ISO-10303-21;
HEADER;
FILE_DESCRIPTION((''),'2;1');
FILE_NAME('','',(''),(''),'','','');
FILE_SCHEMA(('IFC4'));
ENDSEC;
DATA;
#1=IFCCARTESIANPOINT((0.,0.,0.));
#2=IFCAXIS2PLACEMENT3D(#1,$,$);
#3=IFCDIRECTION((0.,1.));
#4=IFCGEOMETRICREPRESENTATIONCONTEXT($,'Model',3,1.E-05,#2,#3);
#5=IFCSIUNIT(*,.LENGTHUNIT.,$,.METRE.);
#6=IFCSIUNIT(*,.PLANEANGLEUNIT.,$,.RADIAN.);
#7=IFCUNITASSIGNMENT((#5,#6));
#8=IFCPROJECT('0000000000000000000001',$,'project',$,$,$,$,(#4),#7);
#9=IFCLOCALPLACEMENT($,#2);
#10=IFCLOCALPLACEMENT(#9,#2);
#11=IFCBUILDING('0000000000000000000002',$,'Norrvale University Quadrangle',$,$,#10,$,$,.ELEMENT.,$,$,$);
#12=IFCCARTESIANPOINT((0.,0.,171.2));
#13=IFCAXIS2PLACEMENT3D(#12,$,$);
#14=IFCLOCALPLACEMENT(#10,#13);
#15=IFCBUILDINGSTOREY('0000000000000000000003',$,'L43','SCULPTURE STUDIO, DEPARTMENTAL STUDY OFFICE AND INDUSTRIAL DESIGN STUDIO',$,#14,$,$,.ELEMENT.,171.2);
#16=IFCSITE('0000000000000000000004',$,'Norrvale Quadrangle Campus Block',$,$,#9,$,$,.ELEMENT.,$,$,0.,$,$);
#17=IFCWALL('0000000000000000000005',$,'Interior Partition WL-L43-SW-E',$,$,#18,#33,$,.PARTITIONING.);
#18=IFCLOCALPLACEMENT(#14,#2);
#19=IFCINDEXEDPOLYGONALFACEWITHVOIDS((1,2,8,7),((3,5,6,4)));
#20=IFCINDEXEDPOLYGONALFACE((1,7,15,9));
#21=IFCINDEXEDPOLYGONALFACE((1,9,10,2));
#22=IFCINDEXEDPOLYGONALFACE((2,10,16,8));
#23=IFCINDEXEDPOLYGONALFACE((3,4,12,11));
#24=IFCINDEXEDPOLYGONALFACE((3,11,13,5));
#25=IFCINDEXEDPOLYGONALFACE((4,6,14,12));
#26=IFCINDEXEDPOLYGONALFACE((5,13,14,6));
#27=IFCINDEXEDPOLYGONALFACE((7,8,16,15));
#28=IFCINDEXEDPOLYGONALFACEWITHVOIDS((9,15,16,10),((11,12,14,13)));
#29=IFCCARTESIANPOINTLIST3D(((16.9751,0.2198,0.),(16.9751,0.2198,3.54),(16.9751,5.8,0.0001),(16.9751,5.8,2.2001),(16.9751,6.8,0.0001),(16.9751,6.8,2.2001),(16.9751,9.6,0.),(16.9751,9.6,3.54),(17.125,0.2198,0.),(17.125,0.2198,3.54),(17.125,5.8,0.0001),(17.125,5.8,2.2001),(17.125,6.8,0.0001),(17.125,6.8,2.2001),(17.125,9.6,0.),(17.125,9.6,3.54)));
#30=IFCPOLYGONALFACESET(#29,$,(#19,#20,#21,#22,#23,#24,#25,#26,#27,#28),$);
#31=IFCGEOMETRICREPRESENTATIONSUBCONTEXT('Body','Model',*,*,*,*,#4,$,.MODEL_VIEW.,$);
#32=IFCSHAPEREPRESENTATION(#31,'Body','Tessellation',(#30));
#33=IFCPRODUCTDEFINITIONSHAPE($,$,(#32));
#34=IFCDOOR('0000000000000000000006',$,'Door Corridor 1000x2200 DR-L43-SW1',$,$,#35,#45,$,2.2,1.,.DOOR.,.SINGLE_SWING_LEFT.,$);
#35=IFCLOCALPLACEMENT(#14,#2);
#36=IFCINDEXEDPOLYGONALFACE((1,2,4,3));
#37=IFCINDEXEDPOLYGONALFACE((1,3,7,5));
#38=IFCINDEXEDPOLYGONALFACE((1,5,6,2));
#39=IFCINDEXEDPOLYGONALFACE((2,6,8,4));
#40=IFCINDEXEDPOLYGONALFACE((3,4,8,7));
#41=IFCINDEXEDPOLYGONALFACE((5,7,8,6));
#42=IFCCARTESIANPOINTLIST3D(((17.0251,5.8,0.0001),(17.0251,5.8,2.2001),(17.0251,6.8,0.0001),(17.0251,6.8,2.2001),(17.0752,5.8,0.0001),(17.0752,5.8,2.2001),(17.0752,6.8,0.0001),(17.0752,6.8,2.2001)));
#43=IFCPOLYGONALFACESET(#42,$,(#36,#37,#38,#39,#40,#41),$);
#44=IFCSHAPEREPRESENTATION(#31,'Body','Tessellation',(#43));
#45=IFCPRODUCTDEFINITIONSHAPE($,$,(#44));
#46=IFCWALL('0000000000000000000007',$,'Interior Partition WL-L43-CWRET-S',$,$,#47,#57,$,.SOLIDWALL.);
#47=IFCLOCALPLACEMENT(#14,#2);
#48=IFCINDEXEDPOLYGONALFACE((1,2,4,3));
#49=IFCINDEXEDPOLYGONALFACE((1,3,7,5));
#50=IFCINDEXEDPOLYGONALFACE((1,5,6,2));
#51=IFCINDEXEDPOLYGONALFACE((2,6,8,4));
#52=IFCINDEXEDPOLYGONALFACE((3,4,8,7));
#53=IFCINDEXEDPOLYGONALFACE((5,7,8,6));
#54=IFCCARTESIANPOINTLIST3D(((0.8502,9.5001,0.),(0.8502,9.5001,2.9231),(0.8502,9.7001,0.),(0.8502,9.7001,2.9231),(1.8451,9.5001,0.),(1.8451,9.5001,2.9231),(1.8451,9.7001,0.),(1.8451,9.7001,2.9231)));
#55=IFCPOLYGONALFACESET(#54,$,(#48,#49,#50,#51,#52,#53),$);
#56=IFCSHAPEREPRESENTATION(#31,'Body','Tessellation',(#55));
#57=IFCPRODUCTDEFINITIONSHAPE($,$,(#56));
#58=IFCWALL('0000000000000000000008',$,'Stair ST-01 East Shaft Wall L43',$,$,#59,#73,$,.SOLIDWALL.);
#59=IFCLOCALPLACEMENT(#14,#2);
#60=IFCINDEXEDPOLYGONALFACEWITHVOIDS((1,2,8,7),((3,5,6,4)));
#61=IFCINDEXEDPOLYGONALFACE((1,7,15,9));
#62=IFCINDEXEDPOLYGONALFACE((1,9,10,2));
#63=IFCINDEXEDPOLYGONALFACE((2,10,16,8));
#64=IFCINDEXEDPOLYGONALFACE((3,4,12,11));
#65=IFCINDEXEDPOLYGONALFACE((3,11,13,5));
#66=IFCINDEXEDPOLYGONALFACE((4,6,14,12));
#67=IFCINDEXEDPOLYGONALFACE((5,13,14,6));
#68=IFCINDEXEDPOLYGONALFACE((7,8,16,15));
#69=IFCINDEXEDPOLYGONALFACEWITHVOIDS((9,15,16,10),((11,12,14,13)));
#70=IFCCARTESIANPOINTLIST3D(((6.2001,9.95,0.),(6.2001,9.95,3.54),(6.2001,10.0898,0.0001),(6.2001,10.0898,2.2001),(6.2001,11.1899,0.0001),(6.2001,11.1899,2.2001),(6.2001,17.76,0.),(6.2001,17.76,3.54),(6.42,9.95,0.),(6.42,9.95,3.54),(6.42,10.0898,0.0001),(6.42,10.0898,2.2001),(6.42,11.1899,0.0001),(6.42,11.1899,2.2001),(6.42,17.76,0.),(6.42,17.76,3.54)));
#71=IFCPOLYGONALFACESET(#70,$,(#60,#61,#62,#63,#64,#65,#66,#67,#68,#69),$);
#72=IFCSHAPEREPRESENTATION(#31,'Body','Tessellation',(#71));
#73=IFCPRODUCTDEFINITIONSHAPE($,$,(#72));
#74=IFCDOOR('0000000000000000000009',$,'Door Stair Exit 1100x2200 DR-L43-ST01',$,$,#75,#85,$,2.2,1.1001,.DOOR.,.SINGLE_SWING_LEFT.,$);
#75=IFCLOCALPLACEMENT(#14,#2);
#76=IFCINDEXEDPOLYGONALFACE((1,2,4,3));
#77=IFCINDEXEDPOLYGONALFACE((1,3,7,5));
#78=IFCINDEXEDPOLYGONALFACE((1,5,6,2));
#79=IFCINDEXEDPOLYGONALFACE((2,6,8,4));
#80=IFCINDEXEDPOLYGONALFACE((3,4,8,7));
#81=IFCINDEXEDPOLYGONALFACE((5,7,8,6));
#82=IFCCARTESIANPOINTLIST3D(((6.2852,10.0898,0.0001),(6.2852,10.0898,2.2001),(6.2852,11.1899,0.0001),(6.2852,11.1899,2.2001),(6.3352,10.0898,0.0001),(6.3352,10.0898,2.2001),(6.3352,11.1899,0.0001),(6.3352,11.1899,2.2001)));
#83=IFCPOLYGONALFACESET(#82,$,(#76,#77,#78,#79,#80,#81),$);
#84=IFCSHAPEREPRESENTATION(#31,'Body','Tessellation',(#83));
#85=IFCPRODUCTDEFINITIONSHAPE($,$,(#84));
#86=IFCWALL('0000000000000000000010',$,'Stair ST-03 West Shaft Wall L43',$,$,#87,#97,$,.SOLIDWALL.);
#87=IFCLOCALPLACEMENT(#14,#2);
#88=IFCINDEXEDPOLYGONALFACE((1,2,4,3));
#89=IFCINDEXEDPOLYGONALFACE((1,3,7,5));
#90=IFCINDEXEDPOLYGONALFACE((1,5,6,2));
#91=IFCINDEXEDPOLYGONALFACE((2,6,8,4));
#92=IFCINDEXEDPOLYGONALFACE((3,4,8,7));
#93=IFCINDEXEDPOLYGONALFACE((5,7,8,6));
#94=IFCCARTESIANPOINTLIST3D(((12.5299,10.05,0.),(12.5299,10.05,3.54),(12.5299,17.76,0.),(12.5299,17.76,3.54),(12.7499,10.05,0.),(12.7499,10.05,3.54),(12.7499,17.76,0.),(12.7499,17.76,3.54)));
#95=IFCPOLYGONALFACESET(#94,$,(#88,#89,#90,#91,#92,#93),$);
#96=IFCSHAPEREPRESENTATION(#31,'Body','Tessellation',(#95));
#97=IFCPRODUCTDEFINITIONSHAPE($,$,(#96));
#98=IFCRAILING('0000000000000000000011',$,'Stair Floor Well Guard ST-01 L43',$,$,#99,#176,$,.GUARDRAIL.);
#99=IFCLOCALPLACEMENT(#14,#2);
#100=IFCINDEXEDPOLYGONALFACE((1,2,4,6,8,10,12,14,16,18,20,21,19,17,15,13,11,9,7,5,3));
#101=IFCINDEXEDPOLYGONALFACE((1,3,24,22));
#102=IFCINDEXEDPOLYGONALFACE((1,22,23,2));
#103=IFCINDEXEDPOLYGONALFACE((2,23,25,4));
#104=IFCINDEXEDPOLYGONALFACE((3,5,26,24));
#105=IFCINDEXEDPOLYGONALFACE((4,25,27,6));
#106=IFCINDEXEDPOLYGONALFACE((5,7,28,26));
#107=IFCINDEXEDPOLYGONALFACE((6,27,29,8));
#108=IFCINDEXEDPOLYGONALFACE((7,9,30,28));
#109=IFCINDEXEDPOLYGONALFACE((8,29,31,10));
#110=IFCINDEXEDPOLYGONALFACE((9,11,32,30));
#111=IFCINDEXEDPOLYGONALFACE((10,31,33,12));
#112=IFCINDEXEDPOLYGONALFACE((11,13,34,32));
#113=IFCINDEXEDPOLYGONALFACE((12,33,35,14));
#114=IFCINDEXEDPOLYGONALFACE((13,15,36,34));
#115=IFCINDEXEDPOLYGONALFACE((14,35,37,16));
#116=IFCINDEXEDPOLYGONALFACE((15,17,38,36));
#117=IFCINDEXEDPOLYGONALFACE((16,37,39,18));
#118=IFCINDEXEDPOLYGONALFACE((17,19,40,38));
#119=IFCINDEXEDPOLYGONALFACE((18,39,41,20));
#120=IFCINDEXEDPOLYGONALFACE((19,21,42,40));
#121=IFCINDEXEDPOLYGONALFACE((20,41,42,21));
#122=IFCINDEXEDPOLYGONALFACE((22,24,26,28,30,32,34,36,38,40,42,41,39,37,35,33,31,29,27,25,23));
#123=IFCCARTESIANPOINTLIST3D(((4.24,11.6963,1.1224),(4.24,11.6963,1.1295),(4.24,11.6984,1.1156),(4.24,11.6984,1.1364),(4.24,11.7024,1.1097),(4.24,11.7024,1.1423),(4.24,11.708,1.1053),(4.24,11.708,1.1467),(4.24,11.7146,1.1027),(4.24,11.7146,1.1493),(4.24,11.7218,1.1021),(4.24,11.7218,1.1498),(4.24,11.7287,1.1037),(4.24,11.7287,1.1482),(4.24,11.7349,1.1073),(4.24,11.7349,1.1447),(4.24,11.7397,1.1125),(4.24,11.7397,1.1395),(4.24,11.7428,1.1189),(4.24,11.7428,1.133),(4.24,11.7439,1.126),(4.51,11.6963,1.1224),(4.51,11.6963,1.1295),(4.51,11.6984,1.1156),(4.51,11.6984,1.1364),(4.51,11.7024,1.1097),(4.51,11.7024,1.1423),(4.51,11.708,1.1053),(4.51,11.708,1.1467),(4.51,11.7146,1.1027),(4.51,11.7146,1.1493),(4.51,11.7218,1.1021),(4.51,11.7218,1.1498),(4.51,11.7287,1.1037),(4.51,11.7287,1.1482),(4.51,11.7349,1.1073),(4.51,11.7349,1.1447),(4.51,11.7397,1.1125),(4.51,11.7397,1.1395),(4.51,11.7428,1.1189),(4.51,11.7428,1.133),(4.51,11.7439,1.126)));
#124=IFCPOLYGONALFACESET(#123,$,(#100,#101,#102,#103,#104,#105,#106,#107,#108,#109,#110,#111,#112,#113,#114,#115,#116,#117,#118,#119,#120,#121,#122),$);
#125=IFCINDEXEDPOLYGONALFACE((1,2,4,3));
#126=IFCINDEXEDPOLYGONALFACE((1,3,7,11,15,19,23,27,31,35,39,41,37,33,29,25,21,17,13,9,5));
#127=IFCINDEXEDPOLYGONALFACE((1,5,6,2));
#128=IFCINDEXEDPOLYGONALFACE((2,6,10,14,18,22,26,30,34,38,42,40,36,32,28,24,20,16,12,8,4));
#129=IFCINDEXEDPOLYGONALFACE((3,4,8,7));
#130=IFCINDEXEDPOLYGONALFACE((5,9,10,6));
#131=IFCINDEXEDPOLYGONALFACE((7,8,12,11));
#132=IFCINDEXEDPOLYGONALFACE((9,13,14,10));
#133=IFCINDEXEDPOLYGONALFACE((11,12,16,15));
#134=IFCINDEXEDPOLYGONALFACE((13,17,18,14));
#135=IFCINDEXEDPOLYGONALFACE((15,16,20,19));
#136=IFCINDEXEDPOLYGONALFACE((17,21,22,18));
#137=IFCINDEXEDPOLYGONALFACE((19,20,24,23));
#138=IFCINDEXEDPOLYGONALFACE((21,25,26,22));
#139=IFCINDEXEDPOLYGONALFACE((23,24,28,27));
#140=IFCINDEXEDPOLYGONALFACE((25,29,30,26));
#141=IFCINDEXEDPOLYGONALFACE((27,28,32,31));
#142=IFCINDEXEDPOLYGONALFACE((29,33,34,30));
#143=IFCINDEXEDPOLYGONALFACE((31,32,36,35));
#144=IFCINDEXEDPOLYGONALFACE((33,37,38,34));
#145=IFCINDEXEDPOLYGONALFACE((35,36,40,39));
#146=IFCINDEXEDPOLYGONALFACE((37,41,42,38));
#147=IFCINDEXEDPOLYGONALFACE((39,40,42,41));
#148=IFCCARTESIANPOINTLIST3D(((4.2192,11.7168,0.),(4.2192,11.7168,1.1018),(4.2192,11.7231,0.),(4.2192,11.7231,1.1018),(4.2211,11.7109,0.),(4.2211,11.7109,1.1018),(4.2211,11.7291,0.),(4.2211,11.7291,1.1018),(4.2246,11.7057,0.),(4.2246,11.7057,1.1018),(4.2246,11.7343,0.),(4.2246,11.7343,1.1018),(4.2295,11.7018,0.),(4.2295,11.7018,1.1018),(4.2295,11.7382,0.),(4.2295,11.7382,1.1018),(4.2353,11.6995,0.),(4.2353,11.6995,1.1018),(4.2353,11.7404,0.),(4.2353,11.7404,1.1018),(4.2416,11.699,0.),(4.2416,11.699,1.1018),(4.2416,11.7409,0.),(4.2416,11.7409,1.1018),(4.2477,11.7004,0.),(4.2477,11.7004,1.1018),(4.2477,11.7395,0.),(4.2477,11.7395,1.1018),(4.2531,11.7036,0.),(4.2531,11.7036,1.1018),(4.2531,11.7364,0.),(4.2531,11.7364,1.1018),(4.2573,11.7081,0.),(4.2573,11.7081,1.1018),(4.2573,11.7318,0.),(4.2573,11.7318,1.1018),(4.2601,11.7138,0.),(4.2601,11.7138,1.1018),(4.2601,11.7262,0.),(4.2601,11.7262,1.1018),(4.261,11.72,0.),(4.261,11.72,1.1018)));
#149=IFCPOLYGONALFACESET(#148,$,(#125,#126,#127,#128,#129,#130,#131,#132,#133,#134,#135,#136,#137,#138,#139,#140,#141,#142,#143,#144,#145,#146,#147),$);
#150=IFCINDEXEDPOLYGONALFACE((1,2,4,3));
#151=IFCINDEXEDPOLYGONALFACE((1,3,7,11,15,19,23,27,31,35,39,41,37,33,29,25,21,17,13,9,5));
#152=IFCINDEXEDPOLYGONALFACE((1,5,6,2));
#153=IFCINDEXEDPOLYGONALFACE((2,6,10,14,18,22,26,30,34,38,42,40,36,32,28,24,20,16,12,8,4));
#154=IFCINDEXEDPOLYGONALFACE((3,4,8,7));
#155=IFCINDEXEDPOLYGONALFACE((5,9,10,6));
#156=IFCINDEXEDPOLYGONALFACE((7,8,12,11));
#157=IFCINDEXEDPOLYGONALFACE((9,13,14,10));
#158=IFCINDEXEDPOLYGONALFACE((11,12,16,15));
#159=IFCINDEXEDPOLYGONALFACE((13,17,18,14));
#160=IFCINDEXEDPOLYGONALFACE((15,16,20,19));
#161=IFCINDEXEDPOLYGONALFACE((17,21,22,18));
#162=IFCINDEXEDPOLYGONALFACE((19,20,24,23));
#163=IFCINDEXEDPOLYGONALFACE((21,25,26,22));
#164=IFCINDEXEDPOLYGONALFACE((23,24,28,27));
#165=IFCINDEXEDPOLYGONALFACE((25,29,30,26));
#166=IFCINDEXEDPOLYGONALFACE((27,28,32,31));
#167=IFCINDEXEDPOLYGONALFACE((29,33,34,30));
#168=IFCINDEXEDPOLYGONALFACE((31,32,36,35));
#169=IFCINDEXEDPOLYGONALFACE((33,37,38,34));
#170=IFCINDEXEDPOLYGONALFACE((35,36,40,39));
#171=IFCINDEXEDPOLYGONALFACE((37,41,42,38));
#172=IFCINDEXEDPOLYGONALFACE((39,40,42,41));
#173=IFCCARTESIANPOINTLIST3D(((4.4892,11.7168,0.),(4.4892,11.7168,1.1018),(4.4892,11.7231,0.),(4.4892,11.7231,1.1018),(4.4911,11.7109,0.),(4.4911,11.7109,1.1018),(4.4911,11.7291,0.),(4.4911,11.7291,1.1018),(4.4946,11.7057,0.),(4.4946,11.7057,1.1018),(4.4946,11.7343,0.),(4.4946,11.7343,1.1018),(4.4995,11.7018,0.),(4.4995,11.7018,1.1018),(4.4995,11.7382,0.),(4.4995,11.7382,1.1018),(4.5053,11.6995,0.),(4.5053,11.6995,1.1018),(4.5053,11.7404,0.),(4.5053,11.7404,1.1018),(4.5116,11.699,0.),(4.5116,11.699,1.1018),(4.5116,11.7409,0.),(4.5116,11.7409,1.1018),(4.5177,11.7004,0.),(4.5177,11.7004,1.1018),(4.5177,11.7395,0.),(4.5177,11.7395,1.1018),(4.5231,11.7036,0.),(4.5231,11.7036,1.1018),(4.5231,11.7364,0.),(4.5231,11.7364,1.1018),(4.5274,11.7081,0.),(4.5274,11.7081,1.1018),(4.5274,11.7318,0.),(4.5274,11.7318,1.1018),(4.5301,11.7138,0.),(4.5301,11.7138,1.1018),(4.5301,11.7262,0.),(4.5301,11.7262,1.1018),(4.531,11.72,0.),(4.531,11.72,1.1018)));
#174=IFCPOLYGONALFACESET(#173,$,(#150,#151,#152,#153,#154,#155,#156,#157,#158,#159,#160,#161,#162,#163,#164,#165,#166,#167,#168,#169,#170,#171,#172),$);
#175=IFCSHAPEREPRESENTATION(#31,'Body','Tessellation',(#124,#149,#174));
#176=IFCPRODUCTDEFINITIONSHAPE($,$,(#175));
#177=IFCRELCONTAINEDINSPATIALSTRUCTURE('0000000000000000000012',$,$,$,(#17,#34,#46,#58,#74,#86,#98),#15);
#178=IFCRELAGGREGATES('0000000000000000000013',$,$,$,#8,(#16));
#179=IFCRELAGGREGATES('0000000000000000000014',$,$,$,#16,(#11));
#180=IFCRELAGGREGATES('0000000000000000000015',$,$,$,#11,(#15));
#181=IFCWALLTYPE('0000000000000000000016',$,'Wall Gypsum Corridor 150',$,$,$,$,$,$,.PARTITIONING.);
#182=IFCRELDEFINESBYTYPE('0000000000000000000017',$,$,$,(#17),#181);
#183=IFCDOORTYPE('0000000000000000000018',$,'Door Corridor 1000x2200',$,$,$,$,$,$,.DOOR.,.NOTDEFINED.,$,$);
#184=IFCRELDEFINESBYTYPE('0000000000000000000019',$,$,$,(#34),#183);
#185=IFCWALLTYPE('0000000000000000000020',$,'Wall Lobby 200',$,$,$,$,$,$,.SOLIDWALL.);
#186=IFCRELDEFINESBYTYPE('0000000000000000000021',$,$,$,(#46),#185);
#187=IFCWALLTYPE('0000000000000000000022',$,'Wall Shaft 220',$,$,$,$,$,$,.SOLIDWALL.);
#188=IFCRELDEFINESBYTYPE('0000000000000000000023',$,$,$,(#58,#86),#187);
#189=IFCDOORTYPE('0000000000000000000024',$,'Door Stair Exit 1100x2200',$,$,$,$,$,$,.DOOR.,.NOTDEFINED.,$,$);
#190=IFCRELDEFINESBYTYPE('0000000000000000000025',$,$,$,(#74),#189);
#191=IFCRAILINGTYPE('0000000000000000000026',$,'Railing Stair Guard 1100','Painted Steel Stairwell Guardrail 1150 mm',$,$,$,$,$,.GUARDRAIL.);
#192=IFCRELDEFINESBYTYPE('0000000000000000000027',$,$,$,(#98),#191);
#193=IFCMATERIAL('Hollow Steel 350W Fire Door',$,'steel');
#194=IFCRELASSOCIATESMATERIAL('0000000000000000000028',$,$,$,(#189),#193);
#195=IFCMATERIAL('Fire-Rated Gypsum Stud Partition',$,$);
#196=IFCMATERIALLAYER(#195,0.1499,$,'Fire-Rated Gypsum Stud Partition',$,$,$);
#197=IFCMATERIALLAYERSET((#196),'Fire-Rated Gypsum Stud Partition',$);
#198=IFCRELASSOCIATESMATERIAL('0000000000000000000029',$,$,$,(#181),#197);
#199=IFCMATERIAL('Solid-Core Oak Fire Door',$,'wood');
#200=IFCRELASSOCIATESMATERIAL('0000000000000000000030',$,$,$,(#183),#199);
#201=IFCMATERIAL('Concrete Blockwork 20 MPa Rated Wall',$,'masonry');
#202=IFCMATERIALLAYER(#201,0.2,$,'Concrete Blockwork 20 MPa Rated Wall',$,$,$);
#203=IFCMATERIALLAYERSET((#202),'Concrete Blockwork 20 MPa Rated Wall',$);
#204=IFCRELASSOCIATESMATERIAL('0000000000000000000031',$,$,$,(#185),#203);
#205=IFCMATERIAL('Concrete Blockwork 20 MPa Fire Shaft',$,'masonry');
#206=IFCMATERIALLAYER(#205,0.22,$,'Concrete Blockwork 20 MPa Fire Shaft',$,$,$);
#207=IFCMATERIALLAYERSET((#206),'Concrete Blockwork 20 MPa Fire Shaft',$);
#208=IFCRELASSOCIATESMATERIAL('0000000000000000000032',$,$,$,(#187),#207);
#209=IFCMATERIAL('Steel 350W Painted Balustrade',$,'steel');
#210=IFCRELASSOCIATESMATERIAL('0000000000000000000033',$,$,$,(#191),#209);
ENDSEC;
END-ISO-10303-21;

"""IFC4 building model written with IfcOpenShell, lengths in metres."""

from ifc_helpers import new_model, si_unit, direction, frame, frame_2d, origin, origin_2d, place, context, subcontext, project, spatial, rectangle, circle, extrude, material, layer, layer_set, type_object, element, fill, save


model = new_model("IFC4")

# Units and contexts
model_context = context("Model", 3, precision=1e-05, world=origin(), true_north=direction((0.0, 1.0)))
body_context = subcontext(model_context, "Body", "Model", "MODEL_VIEW")
ifc_project = project(units=[si_unit("LENGTHUNIT", "METRE"), si_unit("PLANEANGLEUNIT", "RADIAN")], contexts=[model_context])

# Site, building, storey
site_placement = place(None, origin())
site = spatial("IfcSite", under=ifc_project, at=site_placement, Name="Norrvale Quadrangle Campus Block", CompositionType="ELEMENT", RefElevation=0.0)
building_placement = place(site_placement, origin())
building = spatial("IfcBuilding", under=site, at=building_placement, Name="Norrvale University Quadrangle", CompositionType="ELEMENT")
storey_placement = place(building_placement, frame((0.0, 0.0, 171.2)))
storey = spatial("IfcBuildingStorey", under=building, at=storey_placement, Name="L43", Description="SCULPTURE STUDIO, DEPARTMENTAL STUDY OFFICE AND INDUSTRIAL DESIGN STUDIO", CompositionType="ELEMENT", Elevation=171.2)

# Shared definitions
ifc_material_1 = material(Name="Hollow Steel 350W Fire Door", Category="steel")
door_type_1 = type_object("IfcDoorType", Name="Door Stair Exit 1100x2200", OperationType="NOTDEFINED", PredefinedType="DOOR", material=ifc_material_1)

# Shared definitions
ifc_material_2 = material(Name="Fire-Rated Gypsum Stud Partition")
ifc_layer_1 = layer(ifc_material_2, 0.1499, Name="Fire-Rated Gypsum Stud Partition")
ifc_layer_set_1 = layer_set([ifc_layer_1], Name="Fire-Rated Gypsum Stud Partition")
wall_type_1 = type_object("IfcWallType", Name="Wall Gypsum Corridor 150", PredefinedType="PARTITIONING", material=ifc_layer_set_1)

# Wall, opening, door
wall_1_placement = place(storey_placement, frame((17.05, 0.22, 0.0), z_axis=(0.0, 0.0, 1.0), x_axis=(0.0, 1.0, 0.0)))
wall_1 = element("IfcWall", 1, at=wall_1_placement, inside=storey, type_object=wall_type_1, Name="Interior Partition WL-L43-SW-E", PredefinedType="PARTITIONING", context=body_context, shape_type="SweptSolid", body=[
    extrude(rectangle(XDim=9.3801, YDim=0.1499, at=frame_2d((4.6899, 0.0))), origin(), (0.0, 0.0, 1.0), 3.54),
])
opening_1_placement = place(wall_1_placement, frame((5.5801, 0.0, 0.0)))
opening_1 = element("IfcOpeningElement", 2, at=opening_1_placement, cuts=wall_1, PredefinedType="OPENING", context=body_context, shape_type="SweptSolid", body=[
    extrude(rectangle(XDim=1.0, YDim=2.2, at=frame_2d((0.5, 1.1001))), frame((0.0, 0.0869, 0.0), z_axis=(0.0, -1.0, 0.0), x_axis=(1.0, 0.0, 0.0)), (0.0, 0.0, 1.0), 0.1738),
])
ifc_material_3 = material(Name="Solid-Core Oak Fire Door", Category="wood")
door_type_2 = type_object("IfcDoorType", Name="Door Corridor 1000x2200", OperationType="NOTDEFINED", PredefinedType="DOOR", material=ifc_material_3)
door_1_placement = place(opening_1_placement, origin())
door_1 = element("IfcDoor", 3, at=door_1_placement, inside=storey, type_object=door_type_2, Name="Door Corridor 1000x2200 DR-L43-SW1", OperationType="SINGLE_SWING_LEFT", OverallHeight=2.2, OverallWidth=1.0, PredefinedType="DOOR", context=body_context, shape_type="SweptSolid", body=[
    extrude(rectangle(XDim=1.0, YDim=2.2, at=frame_2d((0.5, 1.1001))), frame((0.0, 0.0249, 0.0), z_axis=(0.0, -1.0, 0.0), x_axis=(1.0, 0.0, 0.0)), (0.0, 0.0, 1.0), 0.05),
])
fill(opening_1, door_1)

# Wall
ifc_material_4 = material(Name="Concrete Blockwork 20 MPa Rated Wall", Category="masonry")
ifc_layer_2 = layer(ifc_material_4, 0.2, Name="Concrete Blockwork 20 MPa Rated Wall")
ifc_layer_set_2 = layer_set([ifc_layer_2], Name="Concrete Blockwork 20 MPa Rated Wall")
wall_type_2 = type_object("IfcWallType", Name="Wall Lobby 200", PredefinedType="SOLIDWALL", material=ifc_layer_set_2)
wall_2_placement = place(storey_placement, frame((0.8501, 9.6001, 0.0), z_axis=(0.0, 0.0, 1.0), x_axis=(1.0, 0.0, 0.0)))
element("IfcWall", 4, at=wall_2_placement, inside=storey, type_object=wall_type_2, Name="Interior Partition WL-L43-CWRET-S", PredefinedType="SOLIDWALL", context=body_context, shape_type="SweptSolid", body=[
    extrude(rectangle(XDim=0.9949, YDim=0.2, at=frame_2d((0.4976, 0.0))), origin(), (0.0, 0.0, 1.0), 2.9231),
])

# Wall, opening, door
ifc_material_5 = material(Name="Concrete Blockwork 20 MPa Fire Shaft", Category="masonry")
ifc_layer_3 = layer(ifc_material_5, 0.22, Name="Concrete Blockwork 20 MPa Fire Shaft")
ifc_layer_set_3 = layer_set([ifc_layer_3], Name="Concrete Blockwork 20 MPa Fire Shaft")
wall_type_3 = type_object("IfcWallType", Name="Wall Shaft 220", PredefinedType="SOLIDWALL", material=ifc_layer_set_3)
wall_3_placement = place(storey_placement, frame((6.3101, 9.95, 0.0), z_axis=(0.0, 0.0, 1.0), x_axis=(0.0, 1.0, 0.0)))
wall_3 = element("IfcWall", 5, at=wall_3_placement, inside=storey, type_object=wall_type_3, Name="Stair ST-01 East Shaft Wall L43", PredefinedType="SOLIDWALL", context=body_context, shape_type="SweptSolid", body=[
    extrude(rectangle(XDim=7.8101, YDim=0.22, at=frame_2d((3.905, 0.0))), origin(), (0.0, 0.0, 1.0), 3.54),
])
opening_2_placement = place(wall_3_placement, frame((0.1399, 0.0, 0.0)))
opening_2 = element("IfcOpeningElement", 6, at=opening_2_placement, cuts=wall_3, PredefinedType="OPENING", context=body_context, shape_type="SweptSolid", body=[
    extrude(rectangle(XDim=1.1001, YDim=2.2, at=frame_2d((0.55, 1.1001))), frame((0.0, 0.1221, 0.0), z_axis=(0.0, -1.0, 0.0), x_axis=(1.0, 0.0, 0.0)), (0.0, 0.0, 1.0), 0.2439),
])
door_2_placement = place(opening_2_placement, origin())
door_2 = element("IfcDoor", 7, at=door_2_placement, inside=storey, type_object=door_type_1, Name="Door Stair Exit 1100x2200 DR-L43-ST01", OperationType="SINGLE_SWING_LEFT", OverallHeight=2.2, OverallWidth=1.1001, PredefinedType="DOOR", context=body_context, shape_type="SweptSolid", body=[
    extrude(rectangle(XDim=1.1001, YDim=2.2, at=frame_2d((0.55, 1.1001))), frame((0.0, 0.0249, 0.0), z_axis=(0.0, -1.0, 0.0), x_axis=(1.0, 0.0, 0.0)), (0.0, 0.0, 1.0), 0.05),
])
fill(opening_2, door_2)

# Wall
wall_4_placement = place(storey_placement, frame((12.6399, 10.05, 0.0), z_axis=(0.0, 0.0, 1.0), x_axis=(0.0, 1.0, 0.0)))
element("IfcWall", 8, at=wall_4_placement, inside=storey, type_object=wall_type_3, Name="Stair ST-03 West Shaft Wall L43", PredefinedType="SOLIDWALL", context=body_context, shape_type="SweptSolid", body=[
    extrude(rectangle(XDim=7.71, YDim=0.22, at=frame_2d((3.855, 0.0))), origin(), (0.0, 0.0, 1.0), 3.54),
])

# Railing
ifc_material_6 = material(Name="Steel 350W Painted Balustrade", Category="steel")
railing_type = type_object("IfcRailingType", Name="Railing Stair Guard 1100", Description="Painted Steel Stairwell Guardrail 1150 mm", PredefinedType="GUARDRAIL", material=ifc_material_6)
railing_placement = place(storey_placement, frame((4.24, 11.72, 0.0)))
element("IfcRailing", 9, at=railing_placement, inside=storey, type_object=railing_type, Name="Stair Floor Well Guard ST-01 L43", PredefinedType="GUARDRAIL", context=body_context, shape_type="SweptSolid", body=[
    extrude(circle(Radius=0.0239, at=origin_2d()), frame((0.0, 0.0, 1.126), z_axis=(1.0, 0.0, 0.0), x_axis=(0.0, 1.0, 0.0)), (0.0, 0.0, 1.0), 0.27),
    extrude(circle(Radius=0.021, at=origin_2d()), origin(), (0.0, 0.0, 1.0), 1.1018),
    extrude(circle(Radius=0.021, at=origin_2d()), frame((0.27, 0.0, 0.0)), (0.0, 0.0, 1.0), 1.1018),
])

save(model, "model.ifc")
